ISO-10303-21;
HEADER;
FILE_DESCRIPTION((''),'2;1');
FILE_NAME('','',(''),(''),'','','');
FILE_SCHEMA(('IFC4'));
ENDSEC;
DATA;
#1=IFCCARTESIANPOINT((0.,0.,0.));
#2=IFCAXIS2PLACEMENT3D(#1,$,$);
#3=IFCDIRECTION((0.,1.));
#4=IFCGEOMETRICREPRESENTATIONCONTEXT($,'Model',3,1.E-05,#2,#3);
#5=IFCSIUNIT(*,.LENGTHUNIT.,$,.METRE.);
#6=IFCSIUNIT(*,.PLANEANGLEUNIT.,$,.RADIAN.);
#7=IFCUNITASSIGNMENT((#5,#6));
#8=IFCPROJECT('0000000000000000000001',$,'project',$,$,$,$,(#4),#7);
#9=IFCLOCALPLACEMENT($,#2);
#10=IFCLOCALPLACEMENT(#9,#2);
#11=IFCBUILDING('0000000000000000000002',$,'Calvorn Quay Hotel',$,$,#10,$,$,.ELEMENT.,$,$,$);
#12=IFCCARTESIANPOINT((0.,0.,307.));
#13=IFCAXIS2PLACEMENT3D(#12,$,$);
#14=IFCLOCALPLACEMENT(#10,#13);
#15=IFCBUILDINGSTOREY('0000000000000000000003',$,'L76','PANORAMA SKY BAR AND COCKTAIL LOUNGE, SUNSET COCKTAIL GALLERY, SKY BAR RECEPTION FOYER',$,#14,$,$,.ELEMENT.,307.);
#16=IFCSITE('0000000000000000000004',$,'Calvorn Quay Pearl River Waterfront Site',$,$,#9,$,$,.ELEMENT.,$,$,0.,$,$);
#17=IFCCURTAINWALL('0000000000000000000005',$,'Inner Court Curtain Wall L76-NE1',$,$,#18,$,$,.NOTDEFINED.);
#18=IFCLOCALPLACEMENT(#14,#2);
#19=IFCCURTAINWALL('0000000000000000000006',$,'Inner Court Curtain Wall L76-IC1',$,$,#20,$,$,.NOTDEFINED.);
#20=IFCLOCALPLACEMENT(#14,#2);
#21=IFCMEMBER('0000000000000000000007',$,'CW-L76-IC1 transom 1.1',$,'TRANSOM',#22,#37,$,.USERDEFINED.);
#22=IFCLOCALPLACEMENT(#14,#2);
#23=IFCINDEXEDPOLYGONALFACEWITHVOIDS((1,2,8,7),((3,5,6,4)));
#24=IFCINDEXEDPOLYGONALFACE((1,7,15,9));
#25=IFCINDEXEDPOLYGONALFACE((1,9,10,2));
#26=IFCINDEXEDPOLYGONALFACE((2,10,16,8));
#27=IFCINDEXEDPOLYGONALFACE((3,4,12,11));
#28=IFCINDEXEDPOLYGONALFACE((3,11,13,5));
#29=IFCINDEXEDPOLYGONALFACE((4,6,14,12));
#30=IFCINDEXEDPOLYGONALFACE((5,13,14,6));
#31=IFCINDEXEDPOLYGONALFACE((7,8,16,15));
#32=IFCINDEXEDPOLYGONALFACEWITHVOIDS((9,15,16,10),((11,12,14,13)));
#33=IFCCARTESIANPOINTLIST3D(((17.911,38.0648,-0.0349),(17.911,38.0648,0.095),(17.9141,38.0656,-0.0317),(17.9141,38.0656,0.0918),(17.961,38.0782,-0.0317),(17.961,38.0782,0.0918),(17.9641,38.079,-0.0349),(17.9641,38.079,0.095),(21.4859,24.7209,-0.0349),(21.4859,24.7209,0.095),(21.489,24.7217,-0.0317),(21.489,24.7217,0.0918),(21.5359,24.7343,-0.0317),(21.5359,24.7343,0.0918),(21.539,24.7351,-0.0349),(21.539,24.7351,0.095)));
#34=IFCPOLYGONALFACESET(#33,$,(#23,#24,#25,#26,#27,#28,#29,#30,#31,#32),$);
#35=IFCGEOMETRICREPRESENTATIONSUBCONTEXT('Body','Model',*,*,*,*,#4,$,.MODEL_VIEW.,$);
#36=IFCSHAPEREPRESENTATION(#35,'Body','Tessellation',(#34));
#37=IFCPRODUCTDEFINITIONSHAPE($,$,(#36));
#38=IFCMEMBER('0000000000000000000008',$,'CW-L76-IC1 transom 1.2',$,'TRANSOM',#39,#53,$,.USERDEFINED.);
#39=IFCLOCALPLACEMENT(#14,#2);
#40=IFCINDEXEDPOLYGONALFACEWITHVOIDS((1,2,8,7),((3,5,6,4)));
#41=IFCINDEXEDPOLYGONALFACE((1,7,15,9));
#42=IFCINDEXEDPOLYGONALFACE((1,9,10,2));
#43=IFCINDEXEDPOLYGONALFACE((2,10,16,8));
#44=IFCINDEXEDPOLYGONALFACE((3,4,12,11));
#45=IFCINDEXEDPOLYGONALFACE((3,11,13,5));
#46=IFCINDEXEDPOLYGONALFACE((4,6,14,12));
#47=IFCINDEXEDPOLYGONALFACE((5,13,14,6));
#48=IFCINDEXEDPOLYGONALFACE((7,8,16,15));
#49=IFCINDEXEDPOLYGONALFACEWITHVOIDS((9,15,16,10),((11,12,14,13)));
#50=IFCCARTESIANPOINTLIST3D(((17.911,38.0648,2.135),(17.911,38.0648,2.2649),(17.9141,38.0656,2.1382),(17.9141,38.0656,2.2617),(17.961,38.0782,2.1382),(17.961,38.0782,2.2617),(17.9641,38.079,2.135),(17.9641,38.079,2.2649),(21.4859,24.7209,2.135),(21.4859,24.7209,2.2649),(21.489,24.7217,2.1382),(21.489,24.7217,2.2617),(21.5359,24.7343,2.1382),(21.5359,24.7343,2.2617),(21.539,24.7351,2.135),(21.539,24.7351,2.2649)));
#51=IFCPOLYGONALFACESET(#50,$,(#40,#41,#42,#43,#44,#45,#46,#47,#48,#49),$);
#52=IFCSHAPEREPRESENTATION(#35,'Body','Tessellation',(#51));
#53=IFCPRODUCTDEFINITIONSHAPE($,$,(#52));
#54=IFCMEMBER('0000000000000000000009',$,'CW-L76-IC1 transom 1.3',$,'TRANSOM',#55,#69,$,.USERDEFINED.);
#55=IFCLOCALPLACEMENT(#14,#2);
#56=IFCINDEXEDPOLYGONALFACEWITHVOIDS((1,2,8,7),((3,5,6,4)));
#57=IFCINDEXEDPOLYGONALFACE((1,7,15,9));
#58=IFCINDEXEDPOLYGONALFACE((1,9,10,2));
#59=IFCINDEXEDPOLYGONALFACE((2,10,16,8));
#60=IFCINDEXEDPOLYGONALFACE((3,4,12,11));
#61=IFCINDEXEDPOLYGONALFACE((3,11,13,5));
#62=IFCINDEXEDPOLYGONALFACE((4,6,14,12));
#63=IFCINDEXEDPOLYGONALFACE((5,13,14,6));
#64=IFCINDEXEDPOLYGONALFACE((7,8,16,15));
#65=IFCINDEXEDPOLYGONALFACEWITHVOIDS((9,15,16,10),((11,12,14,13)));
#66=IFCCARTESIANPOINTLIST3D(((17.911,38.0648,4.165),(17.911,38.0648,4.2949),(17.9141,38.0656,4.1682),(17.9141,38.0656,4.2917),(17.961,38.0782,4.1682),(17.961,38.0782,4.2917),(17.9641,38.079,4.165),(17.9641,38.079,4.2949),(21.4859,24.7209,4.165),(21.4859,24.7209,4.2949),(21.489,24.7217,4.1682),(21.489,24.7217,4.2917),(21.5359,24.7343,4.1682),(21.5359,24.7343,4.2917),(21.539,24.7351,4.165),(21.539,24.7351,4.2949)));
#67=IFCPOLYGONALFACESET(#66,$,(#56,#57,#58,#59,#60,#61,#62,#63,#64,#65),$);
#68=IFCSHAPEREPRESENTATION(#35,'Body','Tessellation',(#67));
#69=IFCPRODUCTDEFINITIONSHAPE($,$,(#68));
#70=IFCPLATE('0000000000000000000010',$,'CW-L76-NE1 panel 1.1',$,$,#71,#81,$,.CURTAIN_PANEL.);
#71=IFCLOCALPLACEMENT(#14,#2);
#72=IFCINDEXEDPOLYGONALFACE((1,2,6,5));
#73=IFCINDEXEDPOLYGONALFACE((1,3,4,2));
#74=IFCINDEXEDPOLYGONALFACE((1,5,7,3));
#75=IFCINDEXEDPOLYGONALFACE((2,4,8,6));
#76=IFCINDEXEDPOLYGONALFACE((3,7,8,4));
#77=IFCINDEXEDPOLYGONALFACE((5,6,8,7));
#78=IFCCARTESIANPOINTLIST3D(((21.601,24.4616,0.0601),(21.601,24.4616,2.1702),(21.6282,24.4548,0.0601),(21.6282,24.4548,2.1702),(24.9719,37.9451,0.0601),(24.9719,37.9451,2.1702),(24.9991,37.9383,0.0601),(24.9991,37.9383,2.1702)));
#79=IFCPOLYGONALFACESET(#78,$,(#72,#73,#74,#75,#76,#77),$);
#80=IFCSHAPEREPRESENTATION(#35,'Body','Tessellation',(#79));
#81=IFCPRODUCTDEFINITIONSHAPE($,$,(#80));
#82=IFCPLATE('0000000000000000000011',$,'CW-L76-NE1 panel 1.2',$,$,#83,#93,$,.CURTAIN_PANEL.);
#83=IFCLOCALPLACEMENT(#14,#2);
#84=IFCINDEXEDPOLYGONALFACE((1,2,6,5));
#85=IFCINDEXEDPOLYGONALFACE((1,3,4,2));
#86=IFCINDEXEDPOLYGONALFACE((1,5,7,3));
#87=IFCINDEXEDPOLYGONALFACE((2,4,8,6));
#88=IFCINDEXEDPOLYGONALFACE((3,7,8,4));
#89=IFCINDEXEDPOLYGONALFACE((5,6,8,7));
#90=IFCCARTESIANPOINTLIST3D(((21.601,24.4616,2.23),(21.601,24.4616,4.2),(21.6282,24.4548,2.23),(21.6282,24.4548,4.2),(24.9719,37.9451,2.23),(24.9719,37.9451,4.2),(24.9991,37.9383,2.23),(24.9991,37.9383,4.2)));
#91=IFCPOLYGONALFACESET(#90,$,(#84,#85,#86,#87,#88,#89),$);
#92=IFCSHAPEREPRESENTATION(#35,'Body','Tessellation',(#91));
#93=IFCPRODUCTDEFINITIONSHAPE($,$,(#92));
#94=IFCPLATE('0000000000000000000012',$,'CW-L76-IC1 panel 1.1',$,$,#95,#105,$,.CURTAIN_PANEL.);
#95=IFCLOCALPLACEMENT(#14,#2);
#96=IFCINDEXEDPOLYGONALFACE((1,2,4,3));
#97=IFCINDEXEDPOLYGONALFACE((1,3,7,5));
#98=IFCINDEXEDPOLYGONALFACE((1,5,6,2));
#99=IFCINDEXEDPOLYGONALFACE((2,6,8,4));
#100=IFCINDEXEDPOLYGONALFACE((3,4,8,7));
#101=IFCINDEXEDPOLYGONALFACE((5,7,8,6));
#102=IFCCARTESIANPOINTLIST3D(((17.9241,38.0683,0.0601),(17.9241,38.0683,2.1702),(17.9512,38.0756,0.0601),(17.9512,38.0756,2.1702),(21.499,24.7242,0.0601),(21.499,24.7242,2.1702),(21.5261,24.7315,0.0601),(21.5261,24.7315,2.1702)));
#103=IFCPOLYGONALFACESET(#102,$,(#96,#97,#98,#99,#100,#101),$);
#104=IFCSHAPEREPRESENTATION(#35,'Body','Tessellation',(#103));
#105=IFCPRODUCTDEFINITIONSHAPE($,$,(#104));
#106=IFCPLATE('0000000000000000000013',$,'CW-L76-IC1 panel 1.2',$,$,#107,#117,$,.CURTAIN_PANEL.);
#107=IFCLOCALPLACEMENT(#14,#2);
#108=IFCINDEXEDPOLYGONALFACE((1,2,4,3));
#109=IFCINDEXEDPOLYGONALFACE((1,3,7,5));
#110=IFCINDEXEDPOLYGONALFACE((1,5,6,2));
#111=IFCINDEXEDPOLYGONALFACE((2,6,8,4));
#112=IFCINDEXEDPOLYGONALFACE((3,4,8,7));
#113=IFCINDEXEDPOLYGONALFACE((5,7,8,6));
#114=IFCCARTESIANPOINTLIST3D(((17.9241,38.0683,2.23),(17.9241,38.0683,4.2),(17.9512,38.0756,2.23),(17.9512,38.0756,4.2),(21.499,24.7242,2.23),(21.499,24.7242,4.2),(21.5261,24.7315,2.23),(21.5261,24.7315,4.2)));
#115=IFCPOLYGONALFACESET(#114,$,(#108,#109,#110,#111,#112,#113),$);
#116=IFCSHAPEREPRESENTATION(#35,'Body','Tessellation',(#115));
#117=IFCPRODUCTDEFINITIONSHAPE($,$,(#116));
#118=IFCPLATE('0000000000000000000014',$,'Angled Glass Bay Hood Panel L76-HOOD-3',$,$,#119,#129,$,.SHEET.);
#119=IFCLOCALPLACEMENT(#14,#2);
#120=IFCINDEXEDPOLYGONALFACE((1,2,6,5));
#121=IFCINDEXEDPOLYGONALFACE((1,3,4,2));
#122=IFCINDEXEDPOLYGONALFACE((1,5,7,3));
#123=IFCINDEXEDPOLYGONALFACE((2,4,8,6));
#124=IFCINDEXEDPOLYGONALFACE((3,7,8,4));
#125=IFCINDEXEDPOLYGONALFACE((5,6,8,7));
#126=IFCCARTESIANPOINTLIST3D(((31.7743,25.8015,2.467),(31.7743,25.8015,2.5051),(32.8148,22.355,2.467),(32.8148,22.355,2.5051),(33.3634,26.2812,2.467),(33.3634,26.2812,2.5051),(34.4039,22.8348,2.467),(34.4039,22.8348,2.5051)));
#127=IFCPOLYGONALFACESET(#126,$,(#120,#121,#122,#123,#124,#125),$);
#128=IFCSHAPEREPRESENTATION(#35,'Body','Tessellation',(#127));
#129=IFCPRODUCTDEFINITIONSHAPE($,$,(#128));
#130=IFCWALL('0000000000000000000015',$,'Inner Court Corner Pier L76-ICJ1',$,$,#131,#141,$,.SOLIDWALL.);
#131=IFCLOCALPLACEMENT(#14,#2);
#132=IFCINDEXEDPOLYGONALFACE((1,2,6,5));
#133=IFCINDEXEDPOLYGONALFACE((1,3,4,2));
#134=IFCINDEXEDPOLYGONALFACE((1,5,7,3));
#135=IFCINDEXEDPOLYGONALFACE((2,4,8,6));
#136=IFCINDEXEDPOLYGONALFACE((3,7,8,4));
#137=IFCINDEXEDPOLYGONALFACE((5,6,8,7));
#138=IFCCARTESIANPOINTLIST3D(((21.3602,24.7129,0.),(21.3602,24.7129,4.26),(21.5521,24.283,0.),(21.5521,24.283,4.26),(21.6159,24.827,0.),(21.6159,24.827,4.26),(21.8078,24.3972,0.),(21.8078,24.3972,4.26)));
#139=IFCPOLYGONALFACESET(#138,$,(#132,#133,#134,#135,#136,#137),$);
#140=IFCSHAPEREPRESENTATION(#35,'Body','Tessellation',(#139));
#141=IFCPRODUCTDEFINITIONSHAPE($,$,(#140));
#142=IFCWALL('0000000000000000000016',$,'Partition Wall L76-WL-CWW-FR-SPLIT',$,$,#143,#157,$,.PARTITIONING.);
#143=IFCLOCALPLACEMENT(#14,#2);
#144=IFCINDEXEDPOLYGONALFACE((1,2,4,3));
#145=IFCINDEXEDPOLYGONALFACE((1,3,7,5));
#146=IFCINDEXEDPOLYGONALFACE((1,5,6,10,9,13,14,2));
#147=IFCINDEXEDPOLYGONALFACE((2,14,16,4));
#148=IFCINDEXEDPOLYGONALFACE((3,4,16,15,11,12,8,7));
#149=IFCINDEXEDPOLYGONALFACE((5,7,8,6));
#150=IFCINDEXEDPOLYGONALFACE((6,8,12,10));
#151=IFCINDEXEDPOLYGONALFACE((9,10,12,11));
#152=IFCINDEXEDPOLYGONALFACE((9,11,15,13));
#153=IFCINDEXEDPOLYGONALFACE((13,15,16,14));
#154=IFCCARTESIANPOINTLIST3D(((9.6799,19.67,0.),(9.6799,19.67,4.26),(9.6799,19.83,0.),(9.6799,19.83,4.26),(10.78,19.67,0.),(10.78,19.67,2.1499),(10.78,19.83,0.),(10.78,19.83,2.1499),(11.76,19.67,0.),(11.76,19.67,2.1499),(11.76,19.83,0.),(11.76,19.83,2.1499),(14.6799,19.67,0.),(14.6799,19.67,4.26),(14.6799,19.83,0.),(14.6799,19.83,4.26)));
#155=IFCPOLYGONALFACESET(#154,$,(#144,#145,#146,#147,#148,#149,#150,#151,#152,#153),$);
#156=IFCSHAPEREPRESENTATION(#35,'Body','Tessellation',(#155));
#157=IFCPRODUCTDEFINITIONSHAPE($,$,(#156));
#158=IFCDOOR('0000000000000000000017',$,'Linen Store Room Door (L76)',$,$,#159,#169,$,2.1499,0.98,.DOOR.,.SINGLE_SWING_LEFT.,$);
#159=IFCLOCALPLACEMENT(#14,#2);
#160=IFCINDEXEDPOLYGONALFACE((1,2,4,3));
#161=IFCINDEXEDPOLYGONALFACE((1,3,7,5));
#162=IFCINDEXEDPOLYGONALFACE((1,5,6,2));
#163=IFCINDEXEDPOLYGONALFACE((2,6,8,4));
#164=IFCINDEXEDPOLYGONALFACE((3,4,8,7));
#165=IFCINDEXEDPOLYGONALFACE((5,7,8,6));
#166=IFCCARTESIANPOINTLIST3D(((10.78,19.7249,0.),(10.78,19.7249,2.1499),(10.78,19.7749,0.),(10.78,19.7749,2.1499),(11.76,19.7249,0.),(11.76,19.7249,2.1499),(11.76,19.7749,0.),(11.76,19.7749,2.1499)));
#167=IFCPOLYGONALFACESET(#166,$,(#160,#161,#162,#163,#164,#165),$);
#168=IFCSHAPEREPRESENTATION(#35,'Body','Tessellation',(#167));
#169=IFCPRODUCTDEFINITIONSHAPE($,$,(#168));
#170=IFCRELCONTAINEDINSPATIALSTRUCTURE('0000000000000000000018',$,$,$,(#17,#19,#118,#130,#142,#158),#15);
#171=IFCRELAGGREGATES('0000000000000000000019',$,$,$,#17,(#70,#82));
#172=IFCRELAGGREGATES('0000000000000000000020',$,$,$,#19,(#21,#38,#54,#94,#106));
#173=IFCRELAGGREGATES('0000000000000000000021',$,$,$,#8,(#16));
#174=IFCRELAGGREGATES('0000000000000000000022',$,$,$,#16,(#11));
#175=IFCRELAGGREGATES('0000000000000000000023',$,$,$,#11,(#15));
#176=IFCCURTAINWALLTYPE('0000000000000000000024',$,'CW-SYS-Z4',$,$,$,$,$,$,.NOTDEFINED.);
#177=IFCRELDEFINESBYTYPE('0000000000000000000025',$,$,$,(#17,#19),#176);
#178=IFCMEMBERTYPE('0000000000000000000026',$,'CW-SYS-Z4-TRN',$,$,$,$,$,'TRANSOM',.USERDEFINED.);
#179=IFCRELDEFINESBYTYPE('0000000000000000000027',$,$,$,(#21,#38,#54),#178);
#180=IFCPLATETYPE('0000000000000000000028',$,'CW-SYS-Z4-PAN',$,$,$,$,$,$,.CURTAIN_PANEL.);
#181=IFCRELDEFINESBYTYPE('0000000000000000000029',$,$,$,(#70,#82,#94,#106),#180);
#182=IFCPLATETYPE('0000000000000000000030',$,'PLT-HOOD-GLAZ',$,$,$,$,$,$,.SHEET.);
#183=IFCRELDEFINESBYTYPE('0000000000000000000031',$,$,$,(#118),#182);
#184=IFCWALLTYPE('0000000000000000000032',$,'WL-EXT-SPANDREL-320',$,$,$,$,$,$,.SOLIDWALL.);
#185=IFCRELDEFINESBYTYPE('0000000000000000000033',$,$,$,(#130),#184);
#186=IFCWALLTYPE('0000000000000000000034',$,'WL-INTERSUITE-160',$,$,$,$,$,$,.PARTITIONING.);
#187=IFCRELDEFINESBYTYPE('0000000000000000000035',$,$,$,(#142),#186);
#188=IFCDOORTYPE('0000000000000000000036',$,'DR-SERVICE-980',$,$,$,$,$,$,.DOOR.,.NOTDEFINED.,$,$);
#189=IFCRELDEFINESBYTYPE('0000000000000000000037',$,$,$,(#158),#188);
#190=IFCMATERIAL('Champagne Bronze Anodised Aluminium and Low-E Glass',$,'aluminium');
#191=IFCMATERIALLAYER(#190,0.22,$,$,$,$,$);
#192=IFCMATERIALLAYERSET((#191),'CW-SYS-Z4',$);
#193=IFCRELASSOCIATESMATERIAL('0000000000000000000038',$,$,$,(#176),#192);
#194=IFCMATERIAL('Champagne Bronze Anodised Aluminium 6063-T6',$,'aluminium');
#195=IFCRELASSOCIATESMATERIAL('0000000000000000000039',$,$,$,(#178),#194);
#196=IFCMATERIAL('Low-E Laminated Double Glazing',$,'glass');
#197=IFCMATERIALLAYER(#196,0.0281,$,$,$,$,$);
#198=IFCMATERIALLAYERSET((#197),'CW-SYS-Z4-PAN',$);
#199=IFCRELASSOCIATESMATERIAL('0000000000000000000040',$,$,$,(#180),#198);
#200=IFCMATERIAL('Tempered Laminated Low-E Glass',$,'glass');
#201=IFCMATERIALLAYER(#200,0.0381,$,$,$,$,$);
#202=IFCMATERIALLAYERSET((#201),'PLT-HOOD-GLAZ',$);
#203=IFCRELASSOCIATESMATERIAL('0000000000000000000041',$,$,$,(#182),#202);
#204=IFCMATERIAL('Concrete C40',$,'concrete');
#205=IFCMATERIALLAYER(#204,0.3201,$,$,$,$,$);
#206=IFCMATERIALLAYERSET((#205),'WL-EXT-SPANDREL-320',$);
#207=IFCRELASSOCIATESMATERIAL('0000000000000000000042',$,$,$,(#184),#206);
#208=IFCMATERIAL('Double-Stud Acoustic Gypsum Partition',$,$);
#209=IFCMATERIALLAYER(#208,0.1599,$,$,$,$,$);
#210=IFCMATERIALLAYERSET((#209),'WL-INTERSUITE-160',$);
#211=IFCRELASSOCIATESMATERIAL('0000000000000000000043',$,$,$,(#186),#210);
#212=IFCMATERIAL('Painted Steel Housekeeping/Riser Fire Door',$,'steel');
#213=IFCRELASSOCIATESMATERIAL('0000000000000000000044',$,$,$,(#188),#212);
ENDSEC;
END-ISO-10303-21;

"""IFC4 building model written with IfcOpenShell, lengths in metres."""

from ifc_helpers import new_model, si_unit, direction, frame, frame_2d, origin, origin_2d, place, context, subcontext, project, spatial, rectangle, hollow_rectangle, extrude, material, layer, layer_set, material_profile, profile_set, type_object, element, fill, aggregate, save


model = new_model("IFC4")

# Units and contexts
model_context = context("Model", 3, precision=1e-05, world=origin(), true_north=direction((0.0, 1.0)))
body_context = subcontext(model_context, "Body", "Model", "MODEL_VIEW")
ifc_project = project(units=[si_unit("LENGTHUNIT", "METRE"), si_unit("PLANEANGLEUNIT", "RADIAN")], contexts=[model_context])

# Site, building, storey
site_placement = place(None, origin())
site = spatial("IfcSite", under=ifc_project, at=site_placement, Name="Calvorn Quay Pearl River Waterfront Site", CompositionType="ELEMENT", RefElevation=0.0)
building_placement = place(site_placement, origin())
building = spatial("IfcBuilding", under=site, at=building_placement, Name="Calvorn Quay Hotel", CompositionType="ELEMENT")
storey_placement = place(building_placement, frame((0.0, 0.0, 307.0)))
storey = spatial("IfcBuildingStorey", under=building, at=storey_placement, Name="L76", Description="PANORAMA SKY BAR AND COCKTAIL LOUNGE, SUNSET COCKTAIL GALLERY, SKY BAR RECEPTION FOYER", CompositionType="ELEMENT", Elevation=307.0)

# Curtain wall
ifc_material_1 = material(Name="Champagne Bronze Anodised Aluminium and Low-E Glass", Category="aluminium")
ifc_layer_1 = layer(ifc_material_1, 0.22)
ifc_layer_set_1 = layer_set([ifc_layer_1], Name="CW-SYS-Z4")
curtain_wall_type = type_object("IfcCurtainWallType", Name="CW-SYS-Z4", PredefinedType="NOTDEFINED", material=ifc_layer_set_1)
curtain_wall_1_placement = place(storey_placement, origin())
curtain_wall_1 = element("IfcCurtainWall", 1, at=curtain_wall_1_placement, inside=storey, type_object=curtain_wall_type, Name="Inner Court Curtain Wall L76-NE1", PredefinedType="NOTDEFINED")

# Curtain wall, members
curtain_wall_2_placement = place(storey_placement, origin())
curtain_wall_2 = element("IfcCurtainWall", 2, at=curtain_wall_2_placement, inside=storey, type_object=curtain_wall_type, Name="Inner Court Curtain Wall L76-IC1", PredefinedType="NOTDEFINED")
ifc_material_2 = material(Name="Champagne Bronze Anodised Aluminium 6063-T6", Category="aluminium")
ifc_material_profile_1 = material_profile(ifc_material_2, hollow_rectangle(XDim=0.0549, YDim=0.1299, WallThickness=0.0032, at=origin_2d()), Name="ALU-T130x55x3.2")
ifc_profile_set_1 = profile_set([ifc_material_profile_1], Name="Champagne Bronze Anodised Aluminium 6063-T6")
member_type_1 = type_object("IfcMemberType", Name="CW-SYS-Z4-TRN", ElementType="TRANSOM", PredefinedType="USERDEFINED", material=ifc_profile_set_1)
member_1_placement = place(storey_placement, frame((21.5125, 24.728, 0.03), z_axis=(-0.258781, 0.965936, 0.0), x_axis=(-0.965936, -0.258781, 0.0)))
member_1 = element("IfcMember", 3, at=member_1_placement, type_object=member_type_1, Name="CW-L76-IC1 transom 1.1", ObjectType="TRANSOM", PredefinedType="USERDEFINED", context=body_context, shape_type="SweptSolid", body=[
    extrude(hollow_rectangle(XDim=0.0549, YDim=0.1299, WallThickness=0.0032, at=origin_2d()), origin(), (0.0, 0.0, 1.0), 13.8145),
])
member_2_placement = place(storey_placement, frame((21.5125, 24.728, 2.2), z_axis=(-0.258781, 0.965936, 0.0), x_axis=(-0.965936, -0.258781, 0.0)))
member_2 = element("IfcMember", 4, at=member_2_placement, type_object=member_type_1, Name="CW-L76-IC1 transom 1.2", ObjectType="TRANSOM", PredefinedType="USERDEFINED", context=body_context, shape_type="SweptSolid", body=[
    extrude(hollow_rectangle(XDim=0.0549, YDim=0.1299, WallThickness=0.0032, at=origin_2d()), origin(), (0.0, 0.0, 1.0), 13.8145),
])
member_3_placement = place(storey_placement, frame((21.5125, 24.728, 4.23), z_axis=(-0.258781, 0.965936, 0.0), x_axis=(-0.965936, -0.258781, 0.0)))
member_3 = element("IfcMember", 5, at=member_3_placement, type_object=member_type_1, Name="CW-L76-IC1 transom 1.3", ObjectType="TRANSOM", PredefinedType="USERDEFINED", context=body_context, shape_type="SweptSolid", body=[
    extrude(hollow_rectangle(XDim=0.0549, YDim=0.1299, WallThickness=0.0032, at=origin_2d()), origin(), (0.0, 0.0, 1.0), 13.8145),
])

# Plates
ifc_material_3 = material(Name="Low-E Laminated Double Glazing", Category="glass")
ifc_layer_2 = layer(ifc_material_3, 0.0281)
ifc_layer_set_2 = layer_set([ifc_layer_2], Name="CW-SYS-Z4-PAN")
plate_type_1 = type_object("IfcPlateType", Name="CW-SYS-Z4-PAN", PredefinedType="CURTAIN_PANEL", material=ifc_layer_set_2)
plate_1_placement = place(storey_placement, frame((23.3, 31.2, 0.0601), z_axis=(0.0, 0.0, 1.0), x_axis=(-0.242536, -0.970143, 0.0)))
plate_1 = element("IfcPlate", 6, at=plate_1_placement, type_object=plate_type_1, Name="CW-L76-NE1 panel 1.1", PredefinedType="CURTAIN_PANEL", context=body_context, shape_type="SweptSolid", body=[
    extrude(rectangle(XDim=13.8984, YDim=0.0281, at=origin_2d()), origin(), (0.0, 0.0, 1.0), 2.1101),
])
plate_2_placement = place(storey_placement, frame((23.3, 31.2, 2.23), z_axis=(0.0, 0.0, 1.0), x_axis=(-0.242536, -0.970143, 0.0)))
plate_2 = element("IfcPlate", 7, at=plate_2_placement, type_object=plate_type_1, Name="CW-L76-NE1 panel 1.2", PredefinedType="CURTAIN_PANEL", context=body_context, shape_type="SweptSolid", body=[
    extrude(rectangle(XDim=13.8984, YDim=0.0281, at=origin_2d()), origin(), (0.0, 0.0, 1.0), 1.97),
])
aggregate(curtain_wall_1, [plate_1, plate_2])
plate_3_placement = place(storey_placement, frame((19.7251, 31.3999, 0.0601), z_axis=(0.0, 0.0, 1.0), x_axis=(-0.258779, 0.965937, 0.0)))
plate_3 = element("IfcPlate", 8, at=plate_3_placement, type_object=plate_type_1, Name="CW-L76-IC1 panel 1.1", PredefinedType="CURTAIN_PANEL", context=body_context, shape_type="SweptSolid", body=[
    extrude(rectangle(XDim=13.8147, YDim=0.0281, at=origin_2d()), origin(), (0.0, 0.0, 1.0), 2.1101),
])
plate_4_placement = place(storey_placement, frame((19.7251, 31.3999, 2.23), z_axis=(0.0, 0.0, 1.0), x_axis=(-0.258779, 0.965937, 0.0)))
plate_4 = element("IfcPlate", 9, at=plate_4_placement, type_object=plate_type_1, Name="CW-L76-IC1 panel 1.2", PredefinedType="CURTAIN_PANEL", context=body_context, shape_type="SweptSolid", body=[
    extrude(rectangle(XDim=13.8147, YDim=0.0281, at=origin_2d()), origin(), (0.0, 0.0, 1.0), 1.97),
])
aggregate(curtain_wall_2, [member_1, member_2, member_3, plate_3, plate_4])
ifc_material_4 = material(Name="Tempered Laminated Low-E Glass", Category="glass")
ifc_layer_3 = layer(ifc_material_4, 0.0381)
ifc_layer_set_3 = layer_set([ifc_layer_3], Name="PLT-HOOD-GLAZ")
plate_type_2 = type_object("IfcPlateType", Name="PLT-HOOD-GLAZ", PredefinedType="SHEET", material=ifc_layer_set_3)
plate_5_placement = place(storey_placement, frame((33.0891, 24.3181, 2.467), z_axis=(0.0, 0.0, 1.0), x_axis=(0.957319, 0.289032, 0.0)))
element("IfcPlate", 10, at=plate_5_placement, inside=storey, type_object=plate_type_2, Name="Angled Glass Bay Hood Panel L76-HOOD-3", PredefinedType="SHEET", context=body_context, shape_type="SweptSolid", body=[
    extrude(rectangle(XDim=1.6599, YDim=3.6001, at=origin_2d()), origin(), (0.0, 0.0, 1.0), 0.0381),
])

# Wall
ifc_material_5 = material(Name="Concrete C40", Category="concrete")
ifc_layer_4 = layer(ifc_material_5, 0.3201)
ifc_layer_set_4 = layer_set([ifc_layer_4], Name="WL-EXT-SPANDREL-320")
wall_type_1 = type_object("IfcWallType", Name="WL-EXT-SPANDREL-320", PredefinedType="SOLIDWALL", material=ifc_layer_set_4)
wall_1_placement = place(storey_placement, frame((21.6799, 24.3401, 0.0), z_axis=(0.0, 0.0, 1.0), x_axis=(-0.407581, 0.913169, 0.0)))
element("IfcWall", 11, at=wall_1_placement, inside=storey, type_object=wall_type_1, Name="Inner Court Corner Pier L76-ICJ1", PredefinedType="SOLIDWALL", context=body_context, shape_type="SweptSolid", body=[
    extrude(rectangle(XDim=0.4707, YDim=0.28, at=frame_2d((0.2354, 0.0))), origin(), (0.0, 0.0, 1.0), 4.26),
])

# Wall, opening, door
ifc_material_6 = material(Name="Double-Stud Acoustic Gypsum Partition")
ifc_layer_5 = layer(ifc_material_6, 0.1599)
ifc_layer_set_5 = layer_set([ifc_layer_5], Name="WL-INTERSUITE-160")
wall_type_2 = type_object("IfcWallType", Name="WL-INTERSUITE-160", PredefinedType="PARTITIONING", material=ifc_layer_set_5)
wall_2_placement = place(storey_placement, frame((9.6799, 19.75, 0.0), z_axis=(0.0, 0.0, 1.0), x_axis=(1.0, 0.0, 0.0)))
wall_2 = element("IfcWall", 12, at=wall_2_placement, inside=storey, type_object=wall_type_2, Name="Partition Wall L76-WL-CWW-FR-SPLIT", PredefinedType="PARTITIONING", context=body_context, shape_type="SweptSolid", body=[
    extrude(rectangle(XDim=5.0, YDim=0.1599, at=frame_2d((2.5, 0.0))), origin(), (0.0, 0.0, 1.0), 4.26),
])
opening_1_placement = place(wall_2_placement, frame((1.1001, 0.0, 0.0)))
opening_1 = element("IfcOpeningElement", 13, at=opening_1_placement, cuts=wall_2, PredefinedType="OPENING", context=body_context, shape_type="SweptSolid", body=[
    extrude(rectangle(XDim=0.98, YDim=2.1499, at=frame_2d((0.49, 1.075))), frame((0.0, 0.0898, 0.0), z_axis=(0.0, -1.0, 0.0), x_axis=(1.0, 0.0, 0.0)), (0.0, 0.0, 1.0), 0.1799),
])
ifc_material_7 = material(Name="Painted Steel Housekeeping/Riser Fire Door", Category="steel")
door_type = type_object("IfcDoorType", Name="DR-SERVICE-980", OperationType="NOTDEFINED", PredefinedType="DOOR", material=ifc_material_7)
door_1_placement = place(opening_1_placement, origin())
door_1 = element("IfcDoor", 14, at=door_1_placement, inside=storey, type_object=door_type, Name="Linen Store Room Door (L76)", OperationType="SINGLE_SWING_LEFT", OverallHeight=2.1499, OverallWidth=0.98, PredefinedType="DOOR", context=body_context, shape_type="SweptSolid", body=[
    extrude(rectangle(XDim=0.98, YDim=2.1499, at=frame_2d((0.49, 1.075))), frame((0.0, 0.0249, 0.0), z_axis=(0.0, -1.0, 0.0), x_axis=(1.0, 0.0, 0.0)), (0.0, 0.0, 1.0), 0.05),
])
fill(opening_1, door_1)

save(model, "model.ifc")
